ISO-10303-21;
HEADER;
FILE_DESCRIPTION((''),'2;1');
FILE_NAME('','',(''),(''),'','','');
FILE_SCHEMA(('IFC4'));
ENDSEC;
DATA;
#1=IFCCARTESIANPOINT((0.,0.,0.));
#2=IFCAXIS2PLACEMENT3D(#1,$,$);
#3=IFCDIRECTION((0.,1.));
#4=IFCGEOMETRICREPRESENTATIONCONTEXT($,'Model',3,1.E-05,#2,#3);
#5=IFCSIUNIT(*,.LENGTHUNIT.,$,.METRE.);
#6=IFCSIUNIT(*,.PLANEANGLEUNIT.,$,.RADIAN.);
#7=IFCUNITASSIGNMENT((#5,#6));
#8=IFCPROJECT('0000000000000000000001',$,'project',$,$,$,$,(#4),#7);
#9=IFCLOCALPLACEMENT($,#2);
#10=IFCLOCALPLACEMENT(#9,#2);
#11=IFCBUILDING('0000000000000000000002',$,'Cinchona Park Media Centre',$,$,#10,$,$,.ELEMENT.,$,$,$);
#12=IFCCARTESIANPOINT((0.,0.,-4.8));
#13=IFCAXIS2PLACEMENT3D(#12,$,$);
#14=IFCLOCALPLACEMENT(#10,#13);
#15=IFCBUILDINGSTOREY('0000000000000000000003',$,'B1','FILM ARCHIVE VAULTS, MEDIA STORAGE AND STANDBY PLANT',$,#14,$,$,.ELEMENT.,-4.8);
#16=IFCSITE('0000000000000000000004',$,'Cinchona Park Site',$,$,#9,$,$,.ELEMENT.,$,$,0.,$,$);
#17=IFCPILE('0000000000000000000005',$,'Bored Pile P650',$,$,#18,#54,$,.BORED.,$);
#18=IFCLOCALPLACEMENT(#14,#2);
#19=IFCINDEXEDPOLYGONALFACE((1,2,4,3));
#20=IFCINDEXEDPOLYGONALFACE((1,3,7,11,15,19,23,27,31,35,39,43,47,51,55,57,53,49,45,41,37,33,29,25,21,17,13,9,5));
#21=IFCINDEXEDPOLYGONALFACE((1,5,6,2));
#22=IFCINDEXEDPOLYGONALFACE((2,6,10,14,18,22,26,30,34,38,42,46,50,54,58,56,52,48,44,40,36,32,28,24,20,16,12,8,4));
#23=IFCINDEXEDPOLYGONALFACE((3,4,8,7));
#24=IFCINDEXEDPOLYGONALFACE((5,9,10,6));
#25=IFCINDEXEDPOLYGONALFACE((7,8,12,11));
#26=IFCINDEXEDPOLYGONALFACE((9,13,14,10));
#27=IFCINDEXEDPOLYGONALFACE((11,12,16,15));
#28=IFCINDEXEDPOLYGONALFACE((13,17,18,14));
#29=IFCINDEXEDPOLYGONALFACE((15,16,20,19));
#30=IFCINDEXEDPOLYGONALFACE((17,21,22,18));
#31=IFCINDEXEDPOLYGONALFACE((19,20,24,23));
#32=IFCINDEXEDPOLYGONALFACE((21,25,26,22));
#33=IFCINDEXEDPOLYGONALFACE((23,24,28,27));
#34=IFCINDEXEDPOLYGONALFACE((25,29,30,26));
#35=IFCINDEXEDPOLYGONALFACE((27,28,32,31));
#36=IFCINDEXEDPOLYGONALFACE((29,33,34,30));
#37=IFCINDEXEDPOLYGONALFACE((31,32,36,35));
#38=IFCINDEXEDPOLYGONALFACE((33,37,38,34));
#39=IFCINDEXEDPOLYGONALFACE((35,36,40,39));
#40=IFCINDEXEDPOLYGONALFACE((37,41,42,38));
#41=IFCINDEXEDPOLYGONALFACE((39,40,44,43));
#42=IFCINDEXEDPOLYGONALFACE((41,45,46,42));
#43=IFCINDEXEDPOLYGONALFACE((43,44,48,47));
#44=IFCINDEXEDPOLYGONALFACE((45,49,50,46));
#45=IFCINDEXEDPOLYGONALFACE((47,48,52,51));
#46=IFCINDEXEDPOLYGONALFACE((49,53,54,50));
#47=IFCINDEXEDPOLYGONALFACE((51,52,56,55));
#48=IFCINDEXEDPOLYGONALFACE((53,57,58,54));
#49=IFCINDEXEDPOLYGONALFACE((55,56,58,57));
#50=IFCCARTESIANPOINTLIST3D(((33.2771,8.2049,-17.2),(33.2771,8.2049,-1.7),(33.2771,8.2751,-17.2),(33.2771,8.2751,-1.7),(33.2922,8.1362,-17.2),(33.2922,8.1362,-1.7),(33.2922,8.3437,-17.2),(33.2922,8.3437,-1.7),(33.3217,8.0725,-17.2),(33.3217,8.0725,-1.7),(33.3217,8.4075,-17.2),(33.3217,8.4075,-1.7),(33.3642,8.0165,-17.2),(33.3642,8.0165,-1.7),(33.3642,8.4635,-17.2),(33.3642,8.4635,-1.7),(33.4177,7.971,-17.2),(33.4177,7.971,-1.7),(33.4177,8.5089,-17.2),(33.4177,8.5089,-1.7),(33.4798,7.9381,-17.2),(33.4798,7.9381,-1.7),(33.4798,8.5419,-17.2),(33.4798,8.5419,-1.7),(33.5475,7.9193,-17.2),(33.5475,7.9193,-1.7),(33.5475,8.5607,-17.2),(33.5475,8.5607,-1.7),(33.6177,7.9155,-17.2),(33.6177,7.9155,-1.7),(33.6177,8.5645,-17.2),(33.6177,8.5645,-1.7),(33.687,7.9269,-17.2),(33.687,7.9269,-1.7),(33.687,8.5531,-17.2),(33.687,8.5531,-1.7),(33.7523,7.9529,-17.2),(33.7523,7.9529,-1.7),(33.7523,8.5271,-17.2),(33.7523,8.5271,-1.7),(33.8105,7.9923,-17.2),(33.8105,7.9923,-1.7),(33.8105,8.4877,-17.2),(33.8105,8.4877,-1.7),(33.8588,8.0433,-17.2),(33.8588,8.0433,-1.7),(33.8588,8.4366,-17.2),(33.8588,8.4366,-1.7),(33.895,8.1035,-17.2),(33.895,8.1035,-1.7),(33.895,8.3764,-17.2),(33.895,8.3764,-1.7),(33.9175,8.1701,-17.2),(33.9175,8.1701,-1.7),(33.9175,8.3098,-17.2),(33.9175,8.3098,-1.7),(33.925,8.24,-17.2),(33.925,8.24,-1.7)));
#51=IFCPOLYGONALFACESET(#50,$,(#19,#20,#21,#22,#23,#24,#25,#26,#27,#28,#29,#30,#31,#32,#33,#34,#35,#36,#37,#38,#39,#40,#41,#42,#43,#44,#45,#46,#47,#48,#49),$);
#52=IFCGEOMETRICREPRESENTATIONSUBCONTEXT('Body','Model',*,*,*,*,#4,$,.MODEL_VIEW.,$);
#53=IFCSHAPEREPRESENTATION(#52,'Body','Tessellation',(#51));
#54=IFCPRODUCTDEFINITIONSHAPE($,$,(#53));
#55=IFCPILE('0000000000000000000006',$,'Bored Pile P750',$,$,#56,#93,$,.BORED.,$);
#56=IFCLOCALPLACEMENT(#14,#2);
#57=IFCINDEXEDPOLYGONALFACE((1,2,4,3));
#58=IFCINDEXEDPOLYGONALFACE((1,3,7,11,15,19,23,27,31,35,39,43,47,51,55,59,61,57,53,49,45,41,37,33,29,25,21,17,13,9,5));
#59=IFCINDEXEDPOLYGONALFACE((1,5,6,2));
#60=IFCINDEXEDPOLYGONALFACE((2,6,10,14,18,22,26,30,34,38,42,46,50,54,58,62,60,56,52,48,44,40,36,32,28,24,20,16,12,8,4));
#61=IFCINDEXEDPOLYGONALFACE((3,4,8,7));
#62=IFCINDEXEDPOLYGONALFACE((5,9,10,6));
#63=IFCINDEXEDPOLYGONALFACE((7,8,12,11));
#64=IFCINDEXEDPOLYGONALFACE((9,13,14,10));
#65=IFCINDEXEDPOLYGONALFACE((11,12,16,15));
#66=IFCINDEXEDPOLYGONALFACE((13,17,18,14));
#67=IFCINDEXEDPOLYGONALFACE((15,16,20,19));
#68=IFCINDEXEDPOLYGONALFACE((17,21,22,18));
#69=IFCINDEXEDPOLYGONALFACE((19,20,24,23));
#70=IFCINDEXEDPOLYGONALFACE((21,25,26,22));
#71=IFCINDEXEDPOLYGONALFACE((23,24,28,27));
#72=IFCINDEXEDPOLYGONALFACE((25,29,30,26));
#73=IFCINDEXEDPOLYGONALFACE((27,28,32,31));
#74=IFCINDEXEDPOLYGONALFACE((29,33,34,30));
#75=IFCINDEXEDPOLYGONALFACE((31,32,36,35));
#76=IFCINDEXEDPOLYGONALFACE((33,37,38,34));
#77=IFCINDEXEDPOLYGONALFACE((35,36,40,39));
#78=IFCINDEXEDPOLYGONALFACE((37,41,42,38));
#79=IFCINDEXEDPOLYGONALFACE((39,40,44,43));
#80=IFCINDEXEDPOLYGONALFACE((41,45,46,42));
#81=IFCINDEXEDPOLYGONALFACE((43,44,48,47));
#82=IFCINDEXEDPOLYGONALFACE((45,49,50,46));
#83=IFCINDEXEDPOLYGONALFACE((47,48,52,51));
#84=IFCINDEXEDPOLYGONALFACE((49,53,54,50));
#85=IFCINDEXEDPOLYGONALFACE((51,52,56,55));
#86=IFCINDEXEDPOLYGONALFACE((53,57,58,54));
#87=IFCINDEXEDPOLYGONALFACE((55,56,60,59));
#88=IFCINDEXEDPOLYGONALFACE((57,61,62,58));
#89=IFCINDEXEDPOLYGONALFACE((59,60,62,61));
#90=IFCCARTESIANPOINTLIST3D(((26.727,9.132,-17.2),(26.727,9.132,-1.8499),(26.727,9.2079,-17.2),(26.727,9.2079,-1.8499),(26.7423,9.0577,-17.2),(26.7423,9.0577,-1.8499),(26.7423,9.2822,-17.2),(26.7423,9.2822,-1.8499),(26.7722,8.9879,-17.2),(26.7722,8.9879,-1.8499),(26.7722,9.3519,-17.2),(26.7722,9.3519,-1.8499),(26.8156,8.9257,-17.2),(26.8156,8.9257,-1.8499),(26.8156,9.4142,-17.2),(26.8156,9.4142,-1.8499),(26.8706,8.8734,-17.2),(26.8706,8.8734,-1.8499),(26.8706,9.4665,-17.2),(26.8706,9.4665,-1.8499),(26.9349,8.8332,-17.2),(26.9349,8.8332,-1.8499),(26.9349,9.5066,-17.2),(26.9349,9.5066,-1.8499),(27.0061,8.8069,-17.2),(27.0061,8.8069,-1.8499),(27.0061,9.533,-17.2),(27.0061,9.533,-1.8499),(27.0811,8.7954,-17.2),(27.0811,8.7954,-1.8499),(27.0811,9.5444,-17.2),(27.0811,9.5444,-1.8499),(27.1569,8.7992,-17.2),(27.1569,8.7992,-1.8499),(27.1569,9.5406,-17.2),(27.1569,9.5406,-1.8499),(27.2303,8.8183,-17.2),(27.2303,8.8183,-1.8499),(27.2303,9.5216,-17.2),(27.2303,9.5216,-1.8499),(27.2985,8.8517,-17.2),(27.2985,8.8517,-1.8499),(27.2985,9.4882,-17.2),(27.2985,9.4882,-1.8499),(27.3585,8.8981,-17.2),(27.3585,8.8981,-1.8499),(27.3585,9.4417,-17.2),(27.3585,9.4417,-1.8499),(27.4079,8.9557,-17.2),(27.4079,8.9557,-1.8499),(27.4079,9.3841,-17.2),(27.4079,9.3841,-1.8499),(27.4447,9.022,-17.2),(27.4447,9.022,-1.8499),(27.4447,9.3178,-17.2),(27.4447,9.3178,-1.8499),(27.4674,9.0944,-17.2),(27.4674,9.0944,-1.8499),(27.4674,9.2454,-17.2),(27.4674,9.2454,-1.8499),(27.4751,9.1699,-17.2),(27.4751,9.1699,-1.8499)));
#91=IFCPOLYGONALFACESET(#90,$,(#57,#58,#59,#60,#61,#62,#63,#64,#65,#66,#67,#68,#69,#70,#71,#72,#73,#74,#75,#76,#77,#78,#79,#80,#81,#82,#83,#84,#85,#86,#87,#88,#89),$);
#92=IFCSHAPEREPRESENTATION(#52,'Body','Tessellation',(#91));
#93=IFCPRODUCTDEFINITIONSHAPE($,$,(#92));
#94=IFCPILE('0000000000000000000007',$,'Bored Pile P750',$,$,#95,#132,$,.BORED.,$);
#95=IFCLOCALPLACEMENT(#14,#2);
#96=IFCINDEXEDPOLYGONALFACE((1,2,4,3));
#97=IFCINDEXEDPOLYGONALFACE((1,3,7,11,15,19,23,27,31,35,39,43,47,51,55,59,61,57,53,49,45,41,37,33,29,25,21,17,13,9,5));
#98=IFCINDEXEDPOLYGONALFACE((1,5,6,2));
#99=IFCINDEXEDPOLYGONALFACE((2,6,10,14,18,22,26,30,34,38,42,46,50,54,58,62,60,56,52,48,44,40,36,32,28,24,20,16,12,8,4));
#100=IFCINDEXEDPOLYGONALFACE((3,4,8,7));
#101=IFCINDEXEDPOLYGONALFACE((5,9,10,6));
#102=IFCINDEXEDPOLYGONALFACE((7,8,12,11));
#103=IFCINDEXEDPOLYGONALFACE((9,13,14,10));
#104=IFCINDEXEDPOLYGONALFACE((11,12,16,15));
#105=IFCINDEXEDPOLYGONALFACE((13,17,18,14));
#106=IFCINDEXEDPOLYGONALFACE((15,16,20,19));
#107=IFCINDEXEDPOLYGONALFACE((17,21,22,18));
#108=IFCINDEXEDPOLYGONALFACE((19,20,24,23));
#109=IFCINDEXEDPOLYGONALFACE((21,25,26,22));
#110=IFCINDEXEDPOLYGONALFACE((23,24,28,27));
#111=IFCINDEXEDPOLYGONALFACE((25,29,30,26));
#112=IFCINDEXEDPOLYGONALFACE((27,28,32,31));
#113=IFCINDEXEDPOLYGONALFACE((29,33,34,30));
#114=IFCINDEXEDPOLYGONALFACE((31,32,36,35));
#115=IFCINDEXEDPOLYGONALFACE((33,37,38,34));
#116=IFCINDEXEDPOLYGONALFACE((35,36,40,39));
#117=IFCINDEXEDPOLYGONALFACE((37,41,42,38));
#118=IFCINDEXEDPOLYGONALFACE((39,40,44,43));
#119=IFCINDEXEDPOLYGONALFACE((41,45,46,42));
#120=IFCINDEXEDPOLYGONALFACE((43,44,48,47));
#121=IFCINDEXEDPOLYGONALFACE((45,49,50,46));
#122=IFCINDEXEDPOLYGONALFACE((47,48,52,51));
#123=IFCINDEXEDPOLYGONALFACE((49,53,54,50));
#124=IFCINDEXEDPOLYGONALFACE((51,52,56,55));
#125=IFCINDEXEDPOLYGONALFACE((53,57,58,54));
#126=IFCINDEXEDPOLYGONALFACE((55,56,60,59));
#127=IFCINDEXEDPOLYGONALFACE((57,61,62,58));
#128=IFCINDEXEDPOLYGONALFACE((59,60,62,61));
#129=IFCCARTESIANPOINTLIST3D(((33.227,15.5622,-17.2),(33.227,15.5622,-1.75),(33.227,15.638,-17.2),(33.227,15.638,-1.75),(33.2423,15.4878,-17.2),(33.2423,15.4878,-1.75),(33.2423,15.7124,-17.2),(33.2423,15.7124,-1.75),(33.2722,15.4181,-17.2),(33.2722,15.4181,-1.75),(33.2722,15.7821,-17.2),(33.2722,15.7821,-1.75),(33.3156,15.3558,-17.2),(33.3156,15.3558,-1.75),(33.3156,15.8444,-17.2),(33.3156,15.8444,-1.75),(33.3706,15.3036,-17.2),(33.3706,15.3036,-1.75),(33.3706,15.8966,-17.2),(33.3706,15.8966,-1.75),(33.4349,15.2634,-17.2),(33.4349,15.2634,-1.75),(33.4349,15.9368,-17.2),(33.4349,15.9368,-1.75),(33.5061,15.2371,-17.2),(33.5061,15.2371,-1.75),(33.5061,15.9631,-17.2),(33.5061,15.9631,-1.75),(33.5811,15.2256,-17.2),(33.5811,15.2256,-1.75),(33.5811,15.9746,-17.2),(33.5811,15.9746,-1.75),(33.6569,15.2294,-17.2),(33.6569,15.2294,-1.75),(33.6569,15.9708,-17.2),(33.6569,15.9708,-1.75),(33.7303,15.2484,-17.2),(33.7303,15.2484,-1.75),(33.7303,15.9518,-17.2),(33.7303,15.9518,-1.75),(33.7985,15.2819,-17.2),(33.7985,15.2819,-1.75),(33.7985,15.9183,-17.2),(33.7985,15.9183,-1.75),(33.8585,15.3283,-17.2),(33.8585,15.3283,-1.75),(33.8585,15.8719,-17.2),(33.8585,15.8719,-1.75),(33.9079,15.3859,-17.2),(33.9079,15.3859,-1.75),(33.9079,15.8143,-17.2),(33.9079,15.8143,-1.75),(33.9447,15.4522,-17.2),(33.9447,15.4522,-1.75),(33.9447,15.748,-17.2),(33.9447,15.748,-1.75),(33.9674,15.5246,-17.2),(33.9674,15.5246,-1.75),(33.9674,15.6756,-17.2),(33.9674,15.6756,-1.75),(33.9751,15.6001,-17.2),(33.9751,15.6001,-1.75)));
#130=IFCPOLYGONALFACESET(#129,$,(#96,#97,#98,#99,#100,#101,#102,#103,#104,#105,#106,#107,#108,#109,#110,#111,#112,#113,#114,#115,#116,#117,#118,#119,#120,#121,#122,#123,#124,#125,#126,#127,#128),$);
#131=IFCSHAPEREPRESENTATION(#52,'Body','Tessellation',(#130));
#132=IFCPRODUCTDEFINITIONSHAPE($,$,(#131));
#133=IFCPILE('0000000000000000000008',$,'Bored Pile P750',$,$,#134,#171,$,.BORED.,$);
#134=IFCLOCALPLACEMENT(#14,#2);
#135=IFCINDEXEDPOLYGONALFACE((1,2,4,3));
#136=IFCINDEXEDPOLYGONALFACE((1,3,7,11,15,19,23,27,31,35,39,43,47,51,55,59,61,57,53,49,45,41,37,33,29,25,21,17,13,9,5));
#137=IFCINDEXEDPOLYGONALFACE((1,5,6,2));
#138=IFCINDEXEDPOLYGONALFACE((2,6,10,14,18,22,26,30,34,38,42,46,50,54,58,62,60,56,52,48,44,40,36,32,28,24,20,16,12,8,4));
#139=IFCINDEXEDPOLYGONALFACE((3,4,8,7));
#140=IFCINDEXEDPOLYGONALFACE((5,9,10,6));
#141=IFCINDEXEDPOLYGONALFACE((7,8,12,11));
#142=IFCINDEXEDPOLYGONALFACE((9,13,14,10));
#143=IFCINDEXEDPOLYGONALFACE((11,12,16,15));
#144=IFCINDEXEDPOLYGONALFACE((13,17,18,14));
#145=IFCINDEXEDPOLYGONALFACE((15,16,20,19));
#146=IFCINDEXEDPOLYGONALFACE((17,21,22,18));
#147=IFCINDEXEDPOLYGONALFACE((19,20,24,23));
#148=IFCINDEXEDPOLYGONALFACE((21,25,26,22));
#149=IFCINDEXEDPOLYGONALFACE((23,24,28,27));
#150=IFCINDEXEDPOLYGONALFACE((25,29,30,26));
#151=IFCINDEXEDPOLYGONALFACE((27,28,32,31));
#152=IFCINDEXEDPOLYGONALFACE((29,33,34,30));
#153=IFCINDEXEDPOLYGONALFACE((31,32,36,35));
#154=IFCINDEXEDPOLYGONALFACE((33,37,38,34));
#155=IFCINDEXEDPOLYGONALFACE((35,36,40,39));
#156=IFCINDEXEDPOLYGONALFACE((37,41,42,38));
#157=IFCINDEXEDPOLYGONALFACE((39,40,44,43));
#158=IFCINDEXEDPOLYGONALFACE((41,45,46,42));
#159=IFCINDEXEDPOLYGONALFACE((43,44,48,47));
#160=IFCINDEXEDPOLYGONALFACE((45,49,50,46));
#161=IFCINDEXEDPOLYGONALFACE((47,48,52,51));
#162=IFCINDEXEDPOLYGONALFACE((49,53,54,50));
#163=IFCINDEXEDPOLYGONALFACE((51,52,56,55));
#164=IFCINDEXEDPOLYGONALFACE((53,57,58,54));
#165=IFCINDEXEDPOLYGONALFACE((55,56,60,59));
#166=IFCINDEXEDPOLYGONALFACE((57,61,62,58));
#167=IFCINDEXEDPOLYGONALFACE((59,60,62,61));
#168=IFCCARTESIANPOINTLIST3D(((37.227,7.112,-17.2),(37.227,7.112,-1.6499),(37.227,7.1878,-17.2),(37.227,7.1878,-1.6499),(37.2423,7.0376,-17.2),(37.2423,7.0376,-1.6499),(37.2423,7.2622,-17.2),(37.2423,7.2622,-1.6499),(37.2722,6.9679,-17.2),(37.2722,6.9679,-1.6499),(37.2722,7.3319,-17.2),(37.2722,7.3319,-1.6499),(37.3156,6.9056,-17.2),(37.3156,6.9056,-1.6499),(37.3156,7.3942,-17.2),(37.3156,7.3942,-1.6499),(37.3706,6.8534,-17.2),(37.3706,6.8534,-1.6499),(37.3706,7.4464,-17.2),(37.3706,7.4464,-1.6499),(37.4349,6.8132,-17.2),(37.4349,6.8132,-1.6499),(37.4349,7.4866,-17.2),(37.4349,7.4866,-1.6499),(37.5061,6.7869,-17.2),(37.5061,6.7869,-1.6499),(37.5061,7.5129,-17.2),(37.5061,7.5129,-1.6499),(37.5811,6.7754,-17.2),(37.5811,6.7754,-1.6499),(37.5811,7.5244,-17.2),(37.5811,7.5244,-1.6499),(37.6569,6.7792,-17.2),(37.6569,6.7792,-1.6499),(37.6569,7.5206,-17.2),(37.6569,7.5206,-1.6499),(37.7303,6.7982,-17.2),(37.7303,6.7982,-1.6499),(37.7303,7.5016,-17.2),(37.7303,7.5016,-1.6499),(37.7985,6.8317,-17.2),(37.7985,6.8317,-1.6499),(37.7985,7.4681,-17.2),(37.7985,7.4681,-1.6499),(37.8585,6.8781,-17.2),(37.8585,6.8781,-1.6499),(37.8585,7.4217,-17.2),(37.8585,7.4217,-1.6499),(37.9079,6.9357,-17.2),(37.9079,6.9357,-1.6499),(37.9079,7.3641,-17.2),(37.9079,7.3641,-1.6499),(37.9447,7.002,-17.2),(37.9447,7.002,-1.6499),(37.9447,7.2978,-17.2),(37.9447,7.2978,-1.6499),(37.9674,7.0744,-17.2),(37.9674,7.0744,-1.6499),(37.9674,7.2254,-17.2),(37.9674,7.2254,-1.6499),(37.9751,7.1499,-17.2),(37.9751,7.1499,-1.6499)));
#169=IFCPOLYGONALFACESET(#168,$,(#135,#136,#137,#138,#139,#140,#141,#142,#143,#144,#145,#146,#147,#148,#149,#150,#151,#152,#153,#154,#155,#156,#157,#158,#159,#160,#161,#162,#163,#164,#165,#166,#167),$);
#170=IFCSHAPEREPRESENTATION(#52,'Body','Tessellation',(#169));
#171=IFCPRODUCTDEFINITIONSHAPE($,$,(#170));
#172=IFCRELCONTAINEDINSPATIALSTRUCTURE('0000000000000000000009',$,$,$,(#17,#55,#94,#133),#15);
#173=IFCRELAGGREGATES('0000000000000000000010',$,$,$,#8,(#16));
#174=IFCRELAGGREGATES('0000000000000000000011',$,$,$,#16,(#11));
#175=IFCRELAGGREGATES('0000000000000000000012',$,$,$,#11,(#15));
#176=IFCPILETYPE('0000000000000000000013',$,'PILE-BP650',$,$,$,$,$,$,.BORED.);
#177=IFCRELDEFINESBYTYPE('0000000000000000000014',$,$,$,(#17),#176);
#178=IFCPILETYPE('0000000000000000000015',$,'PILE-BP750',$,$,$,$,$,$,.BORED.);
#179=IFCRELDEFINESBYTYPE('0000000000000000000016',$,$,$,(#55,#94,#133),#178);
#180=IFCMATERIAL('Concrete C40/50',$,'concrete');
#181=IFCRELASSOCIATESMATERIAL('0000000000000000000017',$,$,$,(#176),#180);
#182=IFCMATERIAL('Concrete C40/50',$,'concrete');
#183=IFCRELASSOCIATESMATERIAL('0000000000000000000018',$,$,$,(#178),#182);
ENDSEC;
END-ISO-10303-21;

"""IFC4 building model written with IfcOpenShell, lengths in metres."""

from ifc_helpers import new_model, si_unit, direction, frame, origin, origin_2d, place, context, subcontext, project, spatial, circle, extrude, material, material_profile, profile_set, type_object, element, save


model = new_model("IFC4")

# Units and contexts
model_context = context("Model", 3, precision=1e-05, world=origin(), true_north=direction((0.0, 1.0)))
body_context = subcontext(model_context, "Body", "Model", "MODEL_VIEW")
ifc_project = project(units=[si_unit("LENGTHUNIT", "METRE"), si_unit("PLANEANGLEUNIT", "RADIAN")], contexts=[model_context])

# Site, building, storey
site_placement = place(None, origin())
site = spatial("IfcSite", under=ifc_project, at=site_placement, Name="Cinchona Park Site", CompositionType="ELEMENT", RefElevation=0.0)
building_placement = place(site_placement, origin())
building = spatial("IfcBuilding", under=site, at=building_placement, Name="Cinchona Park Media Centre", CompositionType="ELEMENT")
storey_placement = place(building_placement, frame((0.0, 0.0, -4.8)))
storey = spatial("IfcBuildingStorey", under=building, at=storey_placement, Name="B1", Description="FILM ARCHIVE VAULTS, MEDIA STORAGE AND STANDBY PLANT", CompositionType="ELEMENT", Elevation=-4.8)

# Piles
ifc_material_1 = material(Name="Concrete C40/50", Category="concrete")
ifc_material_profile_1 = material_profile(ifc_material_1, circle(Radius=0.325, at=origin_2d()), Name="BORED PILE 650")
ifc_profile_set_1 = profile_set([ifc_material_profile_1], Name="Concrete C40/50")
pile_type_1 = type_object("IfcPileType", Name="PILE-BP650", PredefinedType="BORED", material=ifc_profile_set_1)
pile_1_placement = place(storey_placement, frame((33.6001, 8.24, -1.7), z_axis=(0.0, 0.0, -1.0), x_axis=(1.0, 0.0, 0.0)))
element("IfcPile", 1, at=pile_1_placement, inside=storey, type_object=pile_type_1, Name="Bored Pile P650", PredefinedType="BORED", context=body_context, shape_type="SweptSolid", body=[
    extrude(circle(Radius=0.325, at=origin_2d()), origin(), (0.0, 0.0, 1.0), 15.5),
])
ifc_material_2 = material(Name="Concrete C40/50", Category="concrete")
ifc_material_profile_2 = material_profile(ifc_material_2, circle(Radius=0.375, at=origin_2d()), Name="BORED PILE 750")
ifc_profile_set_2 = profile_set([ifc_material_profile_2], Name="Concrete C40/50")
pile_type_2 = type_object("IfcPileType", Name="PILE-BP750", PredefinedType="BORED", material=ifc_profile_set_2)
pile_2_placement = place(storey_placement, frame((27.1001, 9.1699, -1.8499), z_axis=(0.0, 0.0, -1.0), x_axis=(1.0, 0.0, 0.0)))
element("IfcPile", 2, at=pile_2_placement, inside=storey, type_object=pile_type_2, Name="Bored Pile P750", PredefinedType="BORED", context=body_context, shape_type="SweptSolid", body=[
    extrude(circle(Radius=0.375, at=origin_2d()), origin(), (0.0, 0.0, 1.0), 15.3501),
])
pile_3_placement = place(storey_placement, frame((33.6001, 15.6001, -1.75), z_axis=(0.0, 0.0, -1.0), x_axis=(1.0, 0.0, 0.0)))
element("IfcPile", 3, at=pile_3_placement, inside=storey, type_object=pile_type_2, Name="Bored Pile P750", PredefinedType="BORED", context=body_context, shape_type="SweptSolid", body=[
    extrude(circle(Radius=0.375, at=origin_2d()), origin(), (0.0, 0.0, 1.0), 15.45),
])
pile_4_placement = place(storey_placement, frame((37.6001, 7.1499, -1.6499), z_axis=(0.0, 0.0, -1.0), x_axis=(1.0, 0.0, 0.0)))
element("IfcPile", 4, at=pile_4_placement, inside=storey, type_object=pile_type_2, Name="Bored Pile P750", PredefinedType="BORED", context=body_context, shape_type="SweptSolid", body=[
    extrude(circle(Radius=0.375, at=origin_2d()), origin(), (0.0, 0.0, 1.0), 15.55),
])

save(model, "model.ifc")
